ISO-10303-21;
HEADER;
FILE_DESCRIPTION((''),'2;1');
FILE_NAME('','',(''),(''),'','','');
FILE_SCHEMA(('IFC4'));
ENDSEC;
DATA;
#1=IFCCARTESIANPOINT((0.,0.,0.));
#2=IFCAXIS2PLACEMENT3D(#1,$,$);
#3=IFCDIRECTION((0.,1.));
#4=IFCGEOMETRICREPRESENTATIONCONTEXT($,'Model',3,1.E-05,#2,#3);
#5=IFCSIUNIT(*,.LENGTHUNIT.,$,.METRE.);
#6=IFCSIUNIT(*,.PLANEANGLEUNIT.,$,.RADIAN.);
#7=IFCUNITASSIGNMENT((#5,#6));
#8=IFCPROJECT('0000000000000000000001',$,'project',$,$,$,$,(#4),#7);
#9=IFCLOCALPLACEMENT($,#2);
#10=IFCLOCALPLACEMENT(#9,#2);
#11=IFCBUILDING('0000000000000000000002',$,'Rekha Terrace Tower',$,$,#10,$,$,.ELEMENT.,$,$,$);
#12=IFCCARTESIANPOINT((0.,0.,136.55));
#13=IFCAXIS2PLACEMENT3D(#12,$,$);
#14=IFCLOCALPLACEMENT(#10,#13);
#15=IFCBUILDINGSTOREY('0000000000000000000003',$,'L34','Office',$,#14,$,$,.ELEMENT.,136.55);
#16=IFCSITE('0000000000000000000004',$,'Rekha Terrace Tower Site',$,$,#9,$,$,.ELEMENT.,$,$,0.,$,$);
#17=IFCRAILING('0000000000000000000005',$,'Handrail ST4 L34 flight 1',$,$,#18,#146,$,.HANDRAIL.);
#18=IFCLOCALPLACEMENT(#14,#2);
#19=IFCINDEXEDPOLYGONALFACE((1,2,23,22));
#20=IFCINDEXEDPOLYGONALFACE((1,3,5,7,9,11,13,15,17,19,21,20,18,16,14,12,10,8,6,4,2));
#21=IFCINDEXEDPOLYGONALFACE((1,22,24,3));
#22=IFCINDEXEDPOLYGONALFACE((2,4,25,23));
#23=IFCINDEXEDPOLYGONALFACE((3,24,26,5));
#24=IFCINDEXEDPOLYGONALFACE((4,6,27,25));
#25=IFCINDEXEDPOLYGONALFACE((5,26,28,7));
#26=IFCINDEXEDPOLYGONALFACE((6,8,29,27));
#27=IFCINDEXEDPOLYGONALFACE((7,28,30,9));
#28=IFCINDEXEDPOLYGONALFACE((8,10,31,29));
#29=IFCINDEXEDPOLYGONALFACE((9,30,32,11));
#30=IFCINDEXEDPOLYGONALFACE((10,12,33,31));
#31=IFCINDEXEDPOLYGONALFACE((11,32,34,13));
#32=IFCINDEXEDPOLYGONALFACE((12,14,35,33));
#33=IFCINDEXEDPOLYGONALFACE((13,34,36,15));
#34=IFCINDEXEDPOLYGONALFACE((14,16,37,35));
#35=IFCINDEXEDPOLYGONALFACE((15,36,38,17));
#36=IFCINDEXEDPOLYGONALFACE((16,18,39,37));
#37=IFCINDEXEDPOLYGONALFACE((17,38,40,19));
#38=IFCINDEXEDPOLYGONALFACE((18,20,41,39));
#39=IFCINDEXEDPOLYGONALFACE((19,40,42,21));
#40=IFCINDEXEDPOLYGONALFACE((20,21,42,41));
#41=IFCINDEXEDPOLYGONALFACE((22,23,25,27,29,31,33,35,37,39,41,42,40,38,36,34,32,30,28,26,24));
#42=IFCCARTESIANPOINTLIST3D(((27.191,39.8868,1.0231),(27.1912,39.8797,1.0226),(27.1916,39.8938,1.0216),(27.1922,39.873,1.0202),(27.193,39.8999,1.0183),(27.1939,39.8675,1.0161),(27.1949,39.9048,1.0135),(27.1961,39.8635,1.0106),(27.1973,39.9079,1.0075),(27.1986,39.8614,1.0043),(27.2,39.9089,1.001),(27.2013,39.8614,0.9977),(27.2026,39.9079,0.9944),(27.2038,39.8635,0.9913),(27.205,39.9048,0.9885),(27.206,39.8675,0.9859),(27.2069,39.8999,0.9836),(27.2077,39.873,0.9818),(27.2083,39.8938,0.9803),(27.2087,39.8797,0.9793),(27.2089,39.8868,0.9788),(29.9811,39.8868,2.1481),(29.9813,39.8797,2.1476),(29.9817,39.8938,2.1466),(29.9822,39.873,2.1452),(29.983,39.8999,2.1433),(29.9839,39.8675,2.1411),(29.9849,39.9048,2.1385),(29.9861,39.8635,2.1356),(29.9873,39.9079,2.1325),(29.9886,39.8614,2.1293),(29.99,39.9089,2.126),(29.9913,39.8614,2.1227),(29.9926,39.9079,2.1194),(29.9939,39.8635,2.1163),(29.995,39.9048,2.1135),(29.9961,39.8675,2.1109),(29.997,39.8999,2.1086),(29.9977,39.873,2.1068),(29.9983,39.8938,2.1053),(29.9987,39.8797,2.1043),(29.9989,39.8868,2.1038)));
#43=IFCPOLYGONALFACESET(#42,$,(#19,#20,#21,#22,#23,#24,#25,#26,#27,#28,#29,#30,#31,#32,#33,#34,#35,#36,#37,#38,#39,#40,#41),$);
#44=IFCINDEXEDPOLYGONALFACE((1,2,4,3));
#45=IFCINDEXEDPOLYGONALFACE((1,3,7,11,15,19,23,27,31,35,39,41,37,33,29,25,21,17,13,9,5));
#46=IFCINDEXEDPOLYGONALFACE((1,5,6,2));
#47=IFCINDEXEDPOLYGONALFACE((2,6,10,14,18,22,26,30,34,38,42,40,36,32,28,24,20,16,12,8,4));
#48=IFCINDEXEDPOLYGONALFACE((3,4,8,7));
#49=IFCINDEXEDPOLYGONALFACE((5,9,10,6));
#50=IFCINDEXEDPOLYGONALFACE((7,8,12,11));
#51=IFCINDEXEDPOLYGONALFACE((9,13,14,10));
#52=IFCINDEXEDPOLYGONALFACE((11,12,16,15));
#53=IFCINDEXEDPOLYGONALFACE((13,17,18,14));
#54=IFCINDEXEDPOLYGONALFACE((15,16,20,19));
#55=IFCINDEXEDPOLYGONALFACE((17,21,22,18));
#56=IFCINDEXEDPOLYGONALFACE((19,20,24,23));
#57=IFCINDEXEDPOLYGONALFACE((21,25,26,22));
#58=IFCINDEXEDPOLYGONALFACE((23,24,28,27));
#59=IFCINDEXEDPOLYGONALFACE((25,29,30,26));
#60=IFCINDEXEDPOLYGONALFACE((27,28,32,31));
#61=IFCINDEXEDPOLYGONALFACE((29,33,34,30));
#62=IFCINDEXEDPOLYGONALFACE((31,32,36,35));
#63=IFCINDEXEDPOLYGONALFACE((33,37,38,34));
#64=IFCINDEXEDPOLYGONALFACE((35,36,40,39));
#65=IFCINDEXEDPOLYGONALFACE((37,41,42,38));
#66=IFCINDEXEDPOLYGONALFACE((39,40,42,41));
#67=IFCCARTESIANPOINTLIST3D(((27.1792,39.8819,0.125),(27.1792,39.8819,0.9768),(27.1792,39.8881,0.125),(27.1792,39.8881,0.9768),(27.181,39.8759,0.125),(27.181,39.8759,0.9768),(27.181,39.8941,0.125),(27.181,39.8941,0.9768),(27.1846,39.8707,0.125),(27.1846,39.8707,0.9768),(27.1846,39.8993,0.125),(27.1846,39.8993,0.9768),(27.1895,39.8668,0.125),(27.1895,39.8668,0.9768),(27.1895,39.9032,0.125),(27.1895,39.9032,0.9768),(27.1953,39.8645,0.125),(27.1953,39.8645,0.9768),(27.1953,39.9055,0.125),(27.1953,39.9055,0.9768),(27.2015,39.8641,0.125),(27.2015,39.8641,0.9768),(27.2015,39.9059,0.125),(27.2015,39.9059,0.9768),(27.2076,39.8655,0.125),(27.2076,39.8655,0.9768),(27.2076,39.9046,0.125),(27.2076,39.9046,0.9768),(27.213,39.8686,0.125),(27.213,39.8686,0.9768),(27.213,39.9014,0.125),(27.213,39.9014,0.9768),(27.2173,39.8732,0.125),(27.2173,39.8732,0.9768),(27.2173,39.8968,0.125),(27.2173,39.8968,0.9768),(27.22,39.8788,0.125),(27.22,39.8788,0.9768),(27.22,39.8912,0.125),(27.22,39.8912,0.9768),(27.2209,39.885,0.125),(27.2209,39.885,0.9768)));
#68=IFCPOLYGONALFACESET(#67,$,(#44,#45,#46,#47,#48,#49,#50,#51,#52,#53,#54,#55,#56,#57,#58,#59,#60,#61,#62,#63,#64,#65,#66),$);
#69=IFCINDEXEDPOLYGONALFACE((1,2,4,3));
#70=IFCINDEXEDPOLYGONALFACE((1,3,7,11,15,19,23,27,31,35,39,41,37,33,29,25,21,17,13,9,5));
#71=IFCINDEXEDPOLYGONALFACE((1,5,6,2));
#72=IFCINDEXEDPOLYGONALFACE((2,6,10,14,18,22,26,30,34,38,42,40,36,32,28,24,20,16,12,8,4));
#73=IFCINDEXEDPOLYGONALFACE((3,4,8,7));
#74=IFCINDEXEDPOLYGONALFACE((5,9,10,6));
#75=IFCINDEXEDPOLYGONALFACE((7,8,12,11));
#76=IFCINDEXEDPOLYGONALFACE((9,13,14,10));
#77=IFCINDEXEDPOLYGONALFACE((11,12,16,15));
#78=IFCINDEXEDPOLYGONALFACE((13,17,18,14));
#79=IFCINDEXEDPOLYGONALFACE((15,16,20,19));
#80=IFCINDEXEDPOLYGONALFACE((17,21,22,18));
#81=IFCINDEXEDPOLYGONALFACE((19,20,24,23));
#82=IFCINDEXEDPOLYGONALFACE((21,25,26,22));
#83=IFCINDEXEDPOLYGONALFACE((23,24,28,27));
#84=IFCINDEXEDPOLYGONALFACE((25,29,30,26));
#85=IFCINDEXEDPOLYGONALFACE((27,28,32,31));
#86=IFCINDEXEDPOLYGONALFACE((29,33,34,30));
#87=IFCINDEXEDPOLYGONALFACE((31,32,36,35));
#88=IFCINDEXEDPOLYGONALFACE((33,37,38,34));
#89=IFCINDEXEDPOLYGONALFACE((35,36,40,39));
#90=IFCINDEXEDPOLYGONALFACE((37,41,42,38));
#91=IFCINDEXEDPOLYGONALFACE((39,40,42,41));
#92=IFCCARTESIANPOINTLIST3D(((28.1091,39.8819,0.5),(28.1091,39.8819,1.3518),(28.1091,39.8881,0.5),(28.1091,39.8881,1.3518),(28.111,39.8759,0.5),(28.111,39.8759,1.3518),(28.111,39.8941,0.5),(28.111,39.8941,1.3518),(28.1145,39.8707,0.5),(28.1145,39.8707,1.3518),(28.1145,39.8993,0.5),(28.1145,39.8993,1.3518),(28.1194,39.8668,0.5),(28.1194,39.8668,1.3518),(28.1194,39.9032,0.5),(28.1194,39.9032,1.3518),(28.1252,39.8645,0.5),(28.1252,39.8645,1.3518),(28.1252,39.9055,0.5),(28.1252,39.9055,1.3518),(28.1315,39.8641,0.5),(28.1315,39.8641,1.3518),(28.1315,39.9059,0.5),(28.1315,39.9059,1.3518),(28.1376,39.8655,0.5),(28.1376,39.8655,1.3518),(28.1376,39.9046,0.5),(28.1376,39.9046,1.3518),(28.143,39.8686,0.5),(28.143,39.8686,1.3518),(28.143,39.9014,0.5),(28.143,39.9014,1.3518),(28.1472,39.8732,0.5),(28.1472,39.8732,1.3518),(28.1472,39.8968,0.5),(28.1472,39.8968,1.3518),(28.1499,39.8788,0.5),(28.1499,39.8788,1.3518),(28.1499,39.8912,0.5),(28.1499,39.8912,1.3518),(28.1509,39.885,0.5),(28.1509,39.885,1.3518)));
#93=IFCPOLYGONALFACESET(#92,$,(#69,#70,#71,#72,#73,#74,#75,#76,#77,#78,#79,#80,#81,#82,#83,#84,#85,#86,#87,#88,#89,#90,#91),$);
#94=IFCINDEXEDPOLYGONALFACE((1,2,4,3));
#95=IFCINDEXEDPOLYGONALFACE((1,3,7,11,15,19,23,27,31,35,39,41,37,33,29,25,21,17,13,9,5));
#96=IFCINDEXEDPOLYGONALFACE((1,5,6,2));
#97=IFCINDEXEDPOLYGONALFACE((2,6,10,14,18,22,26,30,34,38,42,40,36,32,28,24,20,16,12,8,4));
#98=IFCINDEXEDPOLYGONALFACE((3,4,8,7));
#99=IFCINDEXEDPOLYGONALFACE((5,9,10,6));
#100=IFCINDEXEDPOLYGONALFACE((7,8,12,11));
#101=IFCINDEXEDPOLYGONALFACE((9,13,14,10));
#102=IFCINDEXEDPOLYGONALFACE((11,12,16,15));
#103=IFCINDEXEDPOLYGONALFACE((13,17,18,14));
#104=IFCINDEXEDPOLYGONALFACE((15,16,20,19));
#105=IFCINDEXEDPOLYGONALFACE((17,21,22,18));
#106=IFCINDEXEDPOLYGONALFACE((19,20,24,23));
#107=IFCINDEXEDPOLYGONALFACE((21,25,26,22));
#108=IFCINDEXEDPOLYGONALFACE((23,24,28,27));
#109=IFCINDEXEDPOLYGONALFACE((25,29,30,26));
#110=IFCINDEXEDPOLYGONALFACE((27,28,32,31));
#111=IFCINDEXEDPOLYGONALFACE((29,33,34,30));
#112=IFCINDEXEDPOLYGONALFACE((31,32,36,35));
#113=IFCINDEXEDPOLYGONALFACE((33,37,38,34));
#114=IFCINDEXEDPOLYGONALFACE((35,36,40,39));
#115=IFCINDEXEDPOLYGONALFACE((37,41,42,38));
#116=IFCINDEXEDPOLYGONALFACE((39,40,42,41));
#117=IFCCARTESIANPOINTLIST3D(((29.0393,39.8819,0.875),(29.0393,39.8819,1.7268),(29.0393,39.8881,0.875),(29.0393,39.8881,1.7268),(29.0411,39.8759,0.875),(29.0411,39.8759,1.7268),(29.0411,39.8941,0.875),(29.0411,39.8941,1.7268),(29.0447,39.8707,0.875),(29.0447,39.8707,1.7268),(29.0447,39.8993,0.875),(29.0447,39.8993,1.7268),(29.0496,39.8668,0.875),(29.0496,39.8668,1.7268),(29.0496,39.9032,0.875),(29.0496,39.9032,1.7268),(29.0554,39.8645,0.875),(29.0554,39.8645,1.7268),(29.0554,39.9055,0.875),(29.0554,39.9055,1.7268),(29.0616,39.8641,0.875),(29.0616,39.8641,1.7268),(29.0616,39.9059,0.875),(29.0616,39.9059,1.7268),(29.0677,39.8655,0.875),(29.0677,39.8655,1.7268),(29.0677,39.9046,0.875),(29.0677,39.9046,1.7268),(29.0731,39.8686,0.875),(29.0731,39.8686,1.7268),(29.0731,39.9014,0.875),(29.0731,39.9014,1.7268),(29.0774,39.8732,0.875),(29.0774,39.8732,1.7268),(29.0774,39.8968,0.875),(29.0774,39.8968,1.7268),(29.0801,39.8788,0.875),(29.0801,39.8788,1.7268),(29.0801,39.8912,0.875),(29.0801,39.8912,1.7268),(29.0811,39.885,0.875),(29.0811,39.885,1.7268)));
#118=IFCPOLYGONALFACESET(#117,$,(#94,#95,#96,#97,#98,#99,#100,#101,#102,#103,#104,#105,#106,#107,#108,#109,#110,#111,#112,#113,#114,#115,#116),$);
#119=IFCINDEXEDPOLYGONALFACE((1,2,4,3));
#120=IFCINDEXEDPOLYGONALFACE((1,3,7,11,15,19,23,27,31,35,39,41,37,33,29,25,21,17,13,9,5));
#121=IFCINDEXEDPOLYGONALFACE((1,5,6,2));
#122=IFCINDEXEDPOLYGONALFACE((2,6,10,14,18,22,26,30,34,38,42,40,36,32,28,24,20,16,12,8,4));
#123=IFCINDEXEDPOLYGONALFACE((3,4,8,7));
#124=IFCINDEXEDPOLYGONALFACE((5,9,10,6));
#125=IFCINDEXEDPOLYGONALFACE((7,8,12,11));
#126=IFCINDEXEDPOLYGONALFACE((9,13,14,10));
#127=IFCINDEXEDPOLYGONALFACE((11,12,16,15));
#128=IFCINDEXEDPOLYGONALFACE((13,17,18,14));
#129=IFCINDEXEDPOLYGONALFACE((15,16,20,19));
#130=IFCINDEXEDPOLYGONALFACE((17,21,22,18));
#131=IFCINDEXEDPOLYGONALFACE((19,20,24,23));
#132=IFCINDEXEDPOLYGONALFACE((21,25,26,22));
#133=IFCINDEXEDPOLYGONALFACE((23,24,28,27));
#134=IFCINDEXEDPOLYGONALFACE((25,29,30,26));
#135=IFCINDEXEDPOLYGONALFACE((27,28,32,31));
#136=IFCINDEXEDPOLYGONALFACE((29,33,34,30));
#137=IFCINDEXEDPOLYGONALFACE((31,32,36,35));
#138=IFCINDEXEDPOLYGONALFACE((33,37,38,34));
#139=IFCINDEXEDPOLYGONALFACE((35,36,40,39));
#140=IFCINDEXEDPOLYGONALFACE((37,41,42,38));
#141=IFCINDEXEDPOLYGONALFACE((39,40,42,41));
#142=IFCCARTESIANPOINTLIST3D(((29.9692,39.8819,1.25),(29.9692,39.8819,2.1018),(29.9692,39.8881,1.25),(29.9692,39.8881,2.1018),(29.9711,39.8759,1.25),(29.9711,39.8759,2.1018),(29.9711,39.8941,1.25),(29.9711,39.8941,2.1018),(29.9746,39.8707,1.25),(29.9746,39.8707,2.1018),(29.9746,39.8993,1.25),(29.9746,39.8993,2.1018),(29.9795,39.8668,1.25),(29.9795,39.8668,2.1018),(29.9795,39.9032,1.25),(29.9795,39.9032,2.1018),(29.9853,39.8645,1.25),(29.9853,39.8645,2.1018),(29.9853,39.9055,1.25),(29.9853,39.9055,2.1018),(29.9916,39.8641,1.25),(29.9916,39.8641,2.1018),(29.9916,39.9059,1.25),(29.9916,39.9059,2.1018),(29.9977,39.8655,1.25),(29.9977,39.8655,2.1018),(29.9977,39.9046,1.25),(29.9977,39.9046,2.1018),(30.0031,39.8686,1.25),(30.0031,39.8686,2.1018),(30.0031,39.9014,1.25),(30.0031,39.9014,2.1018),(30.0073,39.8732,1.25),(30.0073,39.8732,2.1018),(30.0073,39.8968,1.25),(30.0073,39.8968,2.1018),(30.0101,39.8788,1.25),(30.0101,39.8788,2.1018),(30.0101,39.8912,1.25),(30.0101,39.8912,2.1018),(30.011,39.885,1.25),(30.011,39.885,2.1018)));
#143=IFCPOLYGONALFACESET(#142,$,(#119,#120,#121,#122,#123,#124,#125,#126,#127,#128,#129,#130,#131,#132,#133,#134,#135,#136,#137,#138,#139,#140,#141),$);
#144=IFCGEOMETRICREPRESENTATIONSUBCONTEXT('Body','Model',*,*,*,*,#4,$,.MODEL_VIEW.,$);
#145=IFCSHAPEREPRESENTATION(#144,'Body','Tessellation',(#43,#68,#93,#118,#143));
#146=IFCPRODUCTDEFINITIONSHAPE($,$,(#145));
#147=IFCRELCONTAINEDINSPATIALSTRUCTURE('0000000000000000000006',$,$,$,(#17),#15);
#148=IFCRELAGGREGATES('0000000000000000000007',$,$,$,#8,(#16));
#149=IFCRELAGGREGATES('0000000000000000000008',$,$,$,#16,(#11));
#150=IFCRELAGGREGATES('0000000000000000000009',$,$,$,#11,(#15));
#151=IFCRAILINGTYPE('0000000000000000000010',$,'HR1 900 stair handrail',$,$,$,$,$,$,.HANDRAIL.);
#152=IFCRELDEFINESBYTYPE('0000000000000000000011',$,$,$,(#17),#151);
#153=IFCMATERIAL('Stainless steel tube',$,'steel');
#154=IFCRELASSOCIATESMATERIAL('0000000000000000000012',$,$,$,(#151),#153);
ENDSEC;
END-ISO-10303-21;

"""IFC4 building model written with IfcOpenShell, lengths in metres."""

from ifc_helpers import new_model, si_unit, direction, frame, origin, origin_2d, place, context, subcontext, project, spatial, circle, extrude, material, type_object, element, save


model = new_model("IFC4")

# Units and contexts
model_context = context("Model", 3, precision=1e-05, world=origin(), true_north=direction((0.0, 1.0)))
body_context = subcontext(model_context, "Body", "Model", "MODEL_VIEW")
ifc_project = project(units=[si_unit("LENGTHUNIT", "METRE"), si_unit("PLANEANGLEUNIT", "RADIAN")], contexts=[model_context])

# Site, building, storey
site_placement = place(None, origin())
site = spatial("IfcSite", under=ifc_project, at=site_placement, Name="Rekha Terrace Tower Site", CompositionType="ELEMENT", RefElevation=0.0)
building_placement = place(site_placement, origin())
building = spatial("IfcBuilding", under=site, at=building_placement, Name="Rekha Terrace Tower", CompositionType="ELEMENT")
storey_placement = place(building_placement, frame((0.0, 0.0, 136.55)))
storey = spatial("IfcBuildingStorey", under=building, at=storey_placement, Name="L34", Description="Office", CompositionType="ELEMENT", Elevation=136.55)

# Railing
ifc_material_1 = material(Name="Stainless steel tube", Category="steel")
railing_type_1 = type_object("IfcRailingType", Name="HR1 900 stair handrail", PredefinedType="HANDRAIL", material=ifc_material_1)
railing_1_placement = place(storey_placement, frame((27.2, 39.885, 0.125)))
element("IfcRailing", 1, at=railing_1_placement, inside=storey, type_object=railing_type_1, Name="Handrail ST4 L34 flight 1", PredefinedType="HANDRAIL", context=body_context, shape_type="SweptSolid", body=[
    extrude(circle(Radius=0.0239, at=origin_2d()), frame((0.0, 0.0, 0.876), z_axis=(0.927443, 0.0, 0.373964), x_axis=(0.0, 1.0, 0.0)), (0.0, 0.0, 1.0), 3.0083),
    extrude(circle(Radius=0.021, at=origin_2d()), origin(), (0.0, 0.0, 1.0), 0.8518),
    extrude(circle(Radius=0.021, at=origin_2d()), frame((0.9299, 0.0, 0.375)), (0.0, 0.0, 1.0), 0.8518),
    extrude(circle(Radius=0.021, at=origin_2d()), frame((1.8601, 0.0, 0.75)), (0.0, 0.0, 1.0), 0.8518),
    extrude(circle(Radius=0.021, at=origin_2d()), frame((2.79, 0.0, 1.125)), (0.0, 0.0, 1.0), 0.8518),
])

save(model, "model.ifc")
